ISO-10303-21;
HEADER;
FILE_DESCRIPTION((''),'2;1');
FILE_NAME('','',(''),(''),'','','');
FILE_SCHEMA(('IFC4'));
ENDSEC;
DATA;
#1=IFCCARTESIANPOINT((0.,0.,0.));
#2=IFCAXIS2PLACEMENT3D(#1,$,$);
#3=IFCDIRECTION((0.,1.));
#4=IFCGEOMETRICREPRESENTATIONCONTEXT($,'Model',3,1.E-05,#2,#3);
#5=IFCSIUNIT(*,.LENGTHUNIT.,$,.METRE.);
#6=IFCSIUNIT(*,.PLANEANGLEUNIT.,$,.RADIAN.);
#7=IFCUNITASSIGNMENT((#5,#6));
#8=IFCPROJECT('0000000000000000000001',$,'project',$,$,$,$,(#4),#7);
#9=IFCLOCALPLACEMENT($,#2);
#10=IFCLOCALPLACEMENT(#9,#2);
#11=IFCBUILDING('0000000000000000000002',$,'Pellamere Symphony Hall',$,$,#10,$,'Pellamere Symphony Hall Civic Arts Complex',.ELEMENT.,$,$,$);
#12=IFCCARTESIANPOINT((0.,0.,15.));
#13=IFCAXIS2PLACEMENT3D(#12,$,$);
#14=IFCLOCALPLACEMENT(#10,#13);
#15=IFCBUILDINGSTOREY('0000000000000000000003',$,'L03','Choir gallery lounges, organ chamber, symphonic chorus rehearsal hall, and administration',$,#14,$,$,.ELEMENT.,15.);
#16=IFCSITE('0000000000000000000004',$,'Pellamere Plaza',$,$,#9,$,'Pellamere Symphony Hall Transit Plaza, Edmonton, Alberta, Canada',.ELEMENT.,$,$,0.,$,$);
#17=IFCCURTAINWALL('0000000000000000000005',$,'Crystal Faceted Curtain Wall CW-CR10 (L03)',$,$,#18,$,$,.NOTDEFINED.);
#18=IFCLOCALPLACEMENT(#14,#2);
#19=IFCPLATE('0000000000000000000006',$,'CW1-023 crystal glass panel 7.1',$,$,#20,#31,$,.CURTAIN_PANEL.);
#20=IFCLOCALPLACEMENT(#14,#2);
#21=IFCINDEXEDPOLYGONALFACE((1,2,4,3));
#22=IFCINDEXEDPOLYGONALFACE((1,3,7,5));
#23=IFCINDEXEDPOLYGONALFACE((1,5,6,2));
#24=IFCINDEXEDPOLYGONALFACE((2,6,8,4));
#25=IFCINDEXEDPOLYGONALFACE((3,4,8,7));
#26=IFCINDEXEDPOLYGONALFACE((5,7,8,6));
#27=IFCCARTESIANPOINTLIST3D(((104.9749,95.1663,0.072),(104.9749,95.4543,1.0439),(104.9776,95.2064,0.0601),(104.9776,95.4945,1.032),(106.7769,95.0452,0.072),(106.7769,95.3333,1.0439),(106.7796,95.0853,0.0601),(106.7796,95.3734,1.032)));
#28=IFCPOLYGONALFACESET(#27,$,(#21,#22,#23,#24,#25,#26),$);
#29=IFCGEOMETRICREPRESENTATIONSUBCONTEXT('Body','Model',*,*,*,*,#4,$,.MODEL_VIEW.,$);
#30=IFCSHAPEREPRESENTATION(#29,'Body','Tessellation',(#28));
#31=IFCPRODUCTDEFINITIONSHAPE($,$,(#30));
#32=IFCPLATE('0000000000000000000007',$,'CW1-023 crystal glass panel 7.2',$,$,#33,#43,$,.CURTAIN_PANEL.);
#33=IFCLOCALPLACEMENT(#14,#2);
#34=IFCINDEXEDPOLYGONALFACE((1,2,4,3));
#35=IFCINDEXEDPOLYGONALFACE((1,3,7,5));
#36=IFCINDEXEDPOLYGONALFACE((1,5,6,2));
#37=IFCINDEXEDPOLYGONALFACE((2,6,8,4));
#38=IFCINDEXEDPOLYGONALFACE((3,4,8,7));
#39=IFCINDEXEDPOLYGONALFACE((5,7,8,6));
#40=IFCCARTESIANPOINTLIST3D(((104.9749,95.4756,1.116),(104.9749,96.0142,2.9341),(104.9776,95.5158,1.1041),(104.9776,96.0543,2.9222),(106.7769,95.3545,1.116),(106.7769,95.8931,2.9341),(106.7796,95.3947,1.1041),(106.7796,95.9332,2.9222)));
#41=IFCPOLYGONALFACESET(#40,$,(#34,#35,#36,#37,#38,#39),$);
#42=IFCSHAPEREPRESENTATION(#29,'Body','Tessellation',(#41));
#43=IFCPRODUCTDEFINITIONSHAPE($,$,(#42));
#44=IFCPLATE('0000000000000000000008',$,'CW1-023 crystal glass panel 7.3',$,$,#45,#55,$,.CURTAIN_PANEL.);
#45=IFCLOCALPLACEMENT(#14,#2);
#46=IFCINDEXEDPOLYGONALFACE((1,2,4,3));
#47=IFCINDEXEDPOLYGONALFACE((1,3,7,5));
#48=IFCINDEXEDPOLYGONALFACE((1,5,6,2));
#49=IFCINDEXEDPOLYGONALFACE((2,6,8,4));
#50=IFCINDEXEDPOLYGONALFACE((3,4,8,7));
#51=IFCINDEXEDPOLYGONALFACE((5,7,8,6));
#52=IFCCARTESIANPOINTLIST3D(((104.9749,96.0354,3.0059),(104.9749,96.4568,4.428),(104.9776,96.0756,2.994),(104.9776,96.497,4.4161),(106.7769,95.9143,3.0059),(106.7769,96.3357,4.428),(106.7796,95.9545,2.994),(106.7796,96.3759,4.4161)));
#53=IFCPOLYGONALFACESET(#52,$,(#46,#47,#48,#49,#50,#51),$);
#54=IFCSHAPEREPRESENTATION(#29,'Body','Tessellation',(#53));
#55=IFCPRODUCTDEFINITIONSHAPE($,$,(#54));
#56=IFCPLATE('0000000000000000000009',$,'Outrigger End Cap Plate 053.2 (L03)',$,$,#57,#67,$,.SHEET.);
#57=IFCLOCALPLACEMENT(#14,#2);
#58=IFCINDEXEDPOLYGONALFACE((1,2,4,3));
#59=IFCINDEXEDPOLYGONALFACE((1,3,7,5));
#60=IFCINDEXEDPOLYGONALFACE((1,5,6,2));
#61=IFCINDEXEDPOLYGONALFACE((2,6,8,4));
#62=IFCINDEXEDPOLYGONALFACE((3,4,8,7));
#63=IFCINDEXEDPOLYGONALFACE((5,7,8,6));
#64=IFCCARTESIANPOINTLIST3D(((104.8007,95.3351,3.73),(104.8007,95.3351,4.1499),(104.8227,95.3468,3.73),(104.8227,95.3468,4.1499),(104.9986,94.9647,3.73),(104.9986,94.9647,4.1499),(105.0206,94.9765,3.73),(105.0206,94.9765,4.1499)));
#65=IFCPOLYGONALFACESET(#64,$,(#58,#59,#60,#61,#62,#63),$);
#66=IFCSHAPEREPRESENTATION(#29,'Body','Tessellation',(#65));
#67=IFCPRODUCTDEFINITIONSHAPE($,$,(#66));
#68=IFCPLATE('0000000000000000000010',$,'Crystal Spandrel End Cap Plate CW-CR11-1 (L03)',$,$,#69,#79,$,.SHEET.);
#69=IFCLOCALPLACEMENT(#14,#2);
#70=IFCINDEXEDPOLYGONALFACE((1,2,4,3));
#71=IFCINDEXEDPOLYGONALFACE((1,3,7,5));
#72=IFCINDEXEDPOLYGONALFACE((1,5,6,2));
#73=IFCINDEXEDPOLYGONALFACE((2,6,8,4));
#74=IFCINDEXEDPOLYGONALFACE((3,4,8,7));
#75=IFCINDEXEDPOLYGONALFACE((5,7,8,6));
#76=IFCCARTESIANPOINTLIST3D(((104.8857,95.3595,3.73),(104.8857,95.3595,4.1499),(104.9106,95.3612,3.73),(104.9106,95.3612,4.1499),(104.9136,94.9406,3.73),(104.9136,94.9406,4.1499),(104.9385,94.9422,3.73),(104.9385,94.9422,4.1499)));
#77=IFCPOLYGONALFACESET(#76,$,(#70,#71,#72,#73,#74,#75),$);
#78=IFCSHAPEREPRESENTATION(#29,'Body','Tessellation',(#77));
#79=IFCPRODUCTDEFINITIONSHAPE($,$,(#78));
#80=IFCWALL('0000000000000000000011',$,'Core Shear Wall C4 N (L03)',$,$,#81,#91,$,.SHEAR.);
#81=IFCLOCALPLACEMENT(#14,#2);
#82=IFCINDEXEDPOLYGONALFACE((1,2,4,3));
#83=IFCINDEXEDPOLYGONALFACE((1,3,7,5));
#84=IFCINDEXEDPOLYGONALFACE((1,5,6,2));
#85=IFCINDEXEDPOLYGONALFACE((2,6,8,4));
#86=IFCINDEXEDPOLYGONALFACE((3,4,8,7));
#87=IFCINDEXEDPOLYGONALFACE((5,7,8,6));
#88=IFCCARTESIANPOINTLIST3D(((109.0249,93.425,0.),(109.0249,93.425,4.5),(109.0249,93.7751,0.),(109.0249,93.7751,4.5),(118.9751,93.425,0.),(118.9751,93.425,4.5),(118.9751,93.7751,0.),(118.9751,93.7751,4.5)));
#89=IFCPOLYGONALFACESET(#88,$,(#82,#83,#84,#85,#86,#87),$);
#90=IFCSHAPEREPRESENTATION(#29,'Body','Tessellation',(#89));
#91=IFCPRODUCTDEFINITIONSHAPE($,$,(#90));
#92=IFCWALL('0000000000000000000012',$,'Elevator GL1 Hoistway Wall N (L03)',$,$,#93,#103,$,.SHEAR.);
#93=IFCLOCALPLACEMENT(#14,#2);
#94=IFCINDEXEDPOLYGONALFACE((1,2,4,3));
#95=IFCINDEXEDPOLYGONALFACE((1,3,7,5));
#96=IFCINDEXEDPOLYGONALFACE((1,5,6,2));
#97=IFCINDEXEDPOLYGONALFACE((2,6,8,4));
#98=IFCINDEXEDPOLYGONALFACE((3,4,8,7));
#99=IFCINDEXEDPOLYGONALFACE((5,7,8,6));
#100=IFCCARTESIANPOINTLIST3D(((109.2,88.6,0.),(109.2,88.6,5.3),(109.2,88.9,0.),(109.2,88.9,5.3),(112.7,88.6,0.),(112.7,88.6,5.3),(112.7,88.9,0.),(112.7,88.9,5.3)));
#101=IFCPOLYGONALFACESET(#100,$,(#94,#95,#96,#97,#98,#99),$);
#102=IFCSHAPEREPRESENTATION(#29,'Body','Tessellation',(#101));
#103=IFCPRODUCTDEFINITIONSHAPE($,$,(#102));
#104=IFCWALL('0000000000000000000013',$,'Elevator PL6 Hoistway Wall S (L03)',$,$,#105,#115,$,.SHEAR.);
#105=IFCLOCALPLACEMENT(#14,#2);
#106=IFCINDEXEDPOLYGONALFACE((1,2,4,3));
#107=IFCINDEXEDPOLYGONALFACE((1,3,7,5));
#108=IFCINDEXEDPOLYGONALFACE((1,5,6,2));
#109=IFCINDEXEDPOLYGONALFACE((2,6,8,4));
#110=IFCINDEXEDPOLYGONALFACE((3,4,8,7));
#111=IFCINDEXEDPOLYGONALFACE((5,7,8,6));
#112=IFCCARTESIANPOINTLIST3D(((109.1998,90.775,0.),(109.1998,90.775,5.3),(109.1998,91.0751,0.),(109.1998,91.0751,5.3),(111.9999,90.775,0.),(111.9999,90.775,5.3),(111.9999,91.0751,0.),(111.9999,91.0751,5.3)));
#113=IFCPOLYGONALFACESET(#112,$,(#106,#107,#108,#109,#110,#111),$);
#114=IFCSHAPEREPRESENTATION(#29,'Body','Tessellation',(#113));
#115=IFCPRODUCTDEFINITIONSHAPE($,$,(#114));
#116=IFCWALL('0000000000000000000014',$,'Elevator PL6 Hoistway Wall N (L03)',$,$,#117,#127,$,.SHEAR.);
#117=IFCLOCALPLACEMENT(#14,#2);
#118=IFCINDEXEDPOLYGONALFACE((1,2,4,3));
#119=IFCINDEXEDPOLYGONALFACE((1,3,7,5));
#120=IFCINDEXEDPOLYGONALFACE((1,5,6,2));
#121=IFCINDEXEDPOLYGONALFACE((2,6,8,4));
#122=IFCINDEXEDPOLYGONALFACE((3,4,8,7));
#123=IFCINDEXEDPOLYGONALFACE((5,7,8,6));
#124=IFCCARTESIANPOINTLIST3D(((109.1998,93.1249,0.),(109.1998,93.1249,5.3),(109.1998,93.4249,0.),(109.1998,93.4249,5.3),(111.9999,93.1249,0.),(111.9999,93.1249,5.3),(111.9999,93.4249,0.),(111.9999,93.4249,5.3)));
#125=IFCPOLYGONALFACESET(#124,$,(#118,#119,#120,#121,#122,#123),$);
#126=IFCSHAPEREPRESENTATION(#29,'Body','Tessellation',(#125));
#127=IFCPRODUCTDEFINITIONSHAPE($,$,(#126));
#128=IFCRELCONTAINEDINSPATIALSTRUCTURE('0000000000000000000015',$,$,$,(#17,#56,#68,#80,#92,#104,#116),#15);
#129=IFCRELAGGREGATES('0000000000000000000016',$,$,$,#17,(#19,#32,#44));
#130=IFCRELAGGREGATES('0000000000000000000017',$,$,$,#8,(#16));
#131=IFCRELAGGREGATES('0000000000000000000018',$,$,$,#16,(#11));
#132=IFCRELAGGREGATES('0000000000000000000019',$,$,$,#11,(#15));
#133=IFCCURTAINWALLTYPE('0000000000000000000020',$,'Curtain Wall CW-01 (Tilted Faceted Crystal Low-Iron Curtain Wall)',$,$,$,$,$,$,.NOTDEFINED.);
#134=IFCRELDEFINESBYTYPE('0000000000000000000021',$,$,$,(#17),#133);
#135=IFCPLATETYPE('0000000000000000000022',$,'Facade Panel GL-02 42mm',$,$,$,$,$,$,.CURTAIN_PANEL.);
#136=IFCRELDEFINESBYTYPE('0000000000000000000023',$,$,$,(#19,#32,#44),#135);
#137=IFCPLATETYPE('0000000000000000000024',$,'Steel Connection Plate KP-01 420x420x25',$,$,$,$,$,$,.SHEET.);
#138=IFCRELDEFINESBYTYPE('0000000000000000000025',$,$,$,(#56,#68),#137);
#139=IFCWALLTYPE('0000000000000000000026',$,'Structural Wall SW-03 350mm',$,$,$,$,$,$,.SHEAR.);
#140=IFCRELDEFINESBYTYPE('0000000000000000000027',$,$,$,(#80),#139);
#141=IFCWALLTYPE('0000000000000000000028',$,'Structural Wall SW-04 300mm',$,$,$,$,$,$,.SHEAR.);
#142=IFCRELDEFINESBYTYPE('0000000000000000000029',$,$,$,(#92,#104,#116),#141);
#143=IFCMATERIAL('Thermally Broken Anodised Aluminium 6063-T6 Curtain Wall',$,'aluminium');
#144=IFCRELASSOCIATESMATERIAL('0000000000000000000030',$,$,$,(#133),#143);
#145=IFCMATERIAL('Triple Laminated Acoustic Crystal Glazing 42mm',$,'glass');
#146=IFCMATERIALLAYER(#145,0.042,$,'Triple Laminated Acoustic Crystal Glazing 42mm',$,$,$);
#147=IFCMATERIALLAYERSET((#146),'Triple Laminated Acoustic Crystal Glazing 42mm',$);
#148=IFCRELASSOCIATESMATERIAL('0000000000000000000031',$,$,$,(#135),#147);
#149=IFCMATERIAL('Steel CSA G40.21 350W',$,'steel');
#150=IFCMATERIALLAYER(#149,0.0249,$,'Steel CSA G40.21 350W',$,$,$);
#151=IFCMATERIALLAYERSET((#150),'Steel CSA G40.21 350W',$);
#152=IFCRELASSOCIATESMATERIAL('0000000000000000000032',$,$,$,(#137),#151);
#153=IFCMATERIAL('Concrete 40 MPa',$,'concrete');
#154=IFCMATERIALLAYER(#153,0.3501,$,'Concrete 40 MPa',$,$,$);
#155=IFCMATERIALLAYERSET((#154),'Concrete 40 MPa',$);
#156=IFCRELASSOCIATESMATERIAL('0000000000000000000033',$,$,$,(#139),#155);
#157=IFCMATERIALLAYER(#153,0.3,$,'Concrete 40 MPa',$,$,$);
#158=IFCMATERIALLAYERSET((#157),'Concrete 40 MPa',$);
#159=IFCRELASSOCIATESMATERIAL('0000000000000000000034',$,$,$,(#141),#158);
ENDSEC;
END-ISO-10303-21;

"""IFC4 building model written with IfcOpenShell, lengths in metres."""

from ifc_helpers import new_model, si_unit, direction, frame, frame_2d, origin, origin_2d, place, context, subcontext, project, spatial, polyline, rectangle, outline, extrude, material, layer, layer_set, type_object, element, aggregate, save


model = new_model("IFC4")

# Units and contexts
model_context = context("Model", 3, precision=1e-05, world=origin(), true_north=direction((0.0, 1.0)))
body_context = subcontext(model_context, "Body", "Model", "MODEL_VIEW")
ifc_project = project(units=[si_unit("LENGTHUNIT", "METRE"), si_unit("PLANEANGLEUNIT", "RADIAN")], contexts=[model_context])

# Site, building, storey
site_placement = place(None, origin())
site = spatial("IfcSite", under=ifc_project, at=site_placement, Name="Pellamere Plaza", LongName="Pellamere Symphony Hall Transit Plaza, Edmonton, Alberta, Canada", CompositionType="ELEMENT", RefElevation=0.0)
building_placement = place(site_placement, origin())
building = spatial("IfcBuilding", under=site, at=building_placement, Name="Pellamere Symphony Hall", LongName="Pellamere Symphony Hall Civic Arts Complex", CompositionType="ELEMENT")
storey_placement = place(building_placement, frame((0.0, 0.0, 15.0)))
storey = spatial("IfcBuildingStorey", under=building, at=storey_placement, Name="L03", Description="Choir gallery lounges, organ chamber, symphonic chorus rehearsal hall, and administration", CompositionType="ELEMENT", Elevation=15.0)

# Shared definitions
ifc_material_1 = material(Name="Concrete 40 MPa", Category="concrete")

# Curtain wall
ifc_material_2 = material(Name="Thermally Broken Anodised Aluminium 6063-T6 Curtain Wall", Category="aluminium")
curtain_wall_type = type_object("IfcCurtainWallType", Name="Curtain Wall CW-01 (Tilted Faceted Crystal Low-Iron Curtain Wall)", PredefinedType="NOTDEFINED", material=ifc_material_2)
curtain_wall_placement = place(storey_placement, origin())
curtain_wall = element("IfcCurtainWall", 1, at=curtain_wall_placement, inside=storey, type_object=curtain_wall_type, Name="Crystal Faceted Curtain Wall CW-CR10 (L03)", PredefinedType="NOTDEFINED")

# Plates
ifc_material_3 = material(Name="Triple Laminated Acoustic Crystal Glazing 42mm", Category="glass")
ifc_layer_1 = layer(ifc_material_3, 0.042, Name="Triple Laminated Acoustic Crystal Glazing 42mm")
ifc_layer_set_1 = layer_set([ifc_layer_1], Name="Triple Laminated Acoustic Crystal Glazing 42mm")
plate_type_1 = type_object("IfcPlateType", Name="Facade Panel GL-02 42mm", PredefinedType="CURTAIN_PANEL", material=ifc_layer_set_1)
plate_1_placement = place(storey_placement, frame((106.7769, 95.0452, 0.072), z_axis=(-0.064296, -0.956785, 0.283599), x_axis=(-0.99775, 0.067048, 0.0)))
plate_1 = element("IfcPlate", 2, at=plate_1_placement, type_object=plate_type_1, Name="CW1-023 crystal glass panel 7.1", PredefinedType="CURTAIN_PANEL", context=body_context, shape_type="SweptSolid", body=[
    extrude(outline(polyline([(0.0, 0.0), (1.8061, 0.0), (1.8254, -1.0135), (0.0193, -1.0135), (0.0, 0.0)])), origin(), (0.0, 0.0, -1.0), 0.042),
])
plate_2_placement = place(storey_placement, frame((106.7769, 95.3545, 1.116), z_axis=(-0.064299, -0.956832, 0.283439), x_axis=(-0.99775, 0.067048, 0.0)))
plate_2 = element("IfcPlate", 3, at=plate_2_placement, type_object=plate_type_1, Name="CW1-023 crystal glass panel 7.2", PredefinedType="CURTAIN_PANEL", context=body_context, shape_type="SweptSolid", body=[
    extrude(outline(polyline([(0.0, 0.0), (1.8061, 0.0), (1.8422, -1.8959), (0.0361, -1.8959), (0.0, 0.0)])), origin(), (0.0, 0.0, -1.0), 0.042),
])
plate_3_placement = place(storey_placement, frame((106.7769, 95.9143, 3.0059), z_axis=(-0.064297, -0.956811, 0.283512), x_axis=(-0.99775, 0.067048, 0.0)))
plate_3 = element("IfcPlate", 4, at=plate_3_placement, type_object=plate_type_1, Name="CW1-023 crystal glass panel 7.3", PredefinedType="CURTAIN_PANEL", context=body_context, shape_type="SweptSolid", body=[
    extrude(outline(polyline([(0.0, 0.0), (1.8061, 0.0), (1.8343, -1.483), (0.0283, -1.483), (0.0, 0.0)])), origin(), (0.0, 0.0, -1.0), 0.042),
])
aggregate(curtain_wall, [plate_1, plate_2, plate_3])

# Plates
ifc_material_4 = material(Name="Steel CSA G40.21 350W", Category="steel")
ifc_layer_2 = layer(ifc_material_4, 0.0249, Name="Steel CSA G40.21 350W")
ifc_layer_set_2 = layer_set([ifc_layer_2], Name="Steel CSA G40.21 350W")
plate_type_2 = type_object("IfcPlateType", Name="Steel Connection Plate KP-01 420x420x25", PredefinedType="SHEET", material=ifc_layer_set_2)
for number, where, z_axis, x_axis, name in (
    (5, (104.9106, 95.1558, 3.73), (0.0, 0.0, 1.0), (0.881962, 0.47132, 0.0), "Outrigger End Cap Plate 053.2 (L03)"),
    (6, (104.9121, 95.1509, 3.73), (0.0, 0.0, 1.0), (-0.99779, -0.066448, 0.0), "Crystal Spandrel End Cap Plate CW-CR11-1 (L03)"),
):
    element("IfcPlate", number, at=place(storey_placement, frame(where, z_axis=z_axis, x_axis=x_axis)), inside=storey, type_object=plate_type_2, Name=name, PredefinedType="SHEET", context=body_context, shape_type="SweptSolid", body=[
        extrude(rectangle(XDim=0.0249, YDim=0.4199, at=origin_2d()), origin(), (0.0, 0.0, 1.0), 0.4199),
    ])

# Walls
ifc_layer_3 = layer(ifc_material_1, 0.3501, Name="Concrete 40 MPa")
ifc_layer_set_3 = layer_set([ifc_layer_3], Name="Concrete 40 MPa")
wall_type_1 = type_object("IfcWallType", Name="Structural Wall SW-03 350mm", PredefinedType="SHEAR", material=ifc_layer_set_3)
wall_1_placement = place(storey_placement, frame((109.0249, 93.6001, 0.0), z_axis=(0.0, 0.0, 1.0), x_axis=(1.0, 0.0, 0.0)))
element("IfcWall", 7, at=wall_1_placement, inside=storey, type_object=wall_type_1, Name="Core Shear Wall C4 N (L03)", PredefinedType="SHEAR", context=body_context, shape_type="SweptSolid", body=[
    extrude(rectangle(XDim=9.9502, YDim=0.3501, at=frame_2d((4.9751, 0.0))), origin(), (0.0, 0.0, 1.0), 4.5),
])
ifc_layer_4 = layer(ifc_material_1, 0.3, Name="Concrete 40 MPa")
ifc_layer_set_4 = layer_set([ifc_layer_4], Name="Concrete 40 MPa")
wall_type_2 = type_object("IfcWallType", Name="Structural Wall SW-04 300mm", PredefinedType="SHEAR", material=ifc_layer_set_4)
wall_2_placement = place(storey_placement, frame((109.2, 88.75, 0.0), z_axis=(0.0, 0.0, 1.0), x_axis=(1.0, 0.0, 0.0)))
element("IfcWall", 8, at=wall_2_placement, inside=storey, type_object=wall_type_2, Name="Elevator GL1 Hoistway Wall N (L03)", PredefinedType="SHEAR", context=body_context, shape_type="SweptSolid", body=[
    extrude(rectangle(XDim=3.5, YDim=0.3, at=frame_2d((1.75, 0.0))), origin(), (0.0, 0.0, 1.0), 5.3),
])
for number, where, z_axis, x_axis, name in (
    (9, (109.2, 90.925, 0.0), (0.0, 0.0, 1.0), (1.0, 0.0, 0.0), "Elevator PL6 Hoistway Wall S (L03)"),
    (10, (109.2, 93.2749, 0.0), (0.0, 0.0, 1.0), (1.0, 0.0, 0.0), "Elevator PL6 Hoistway Wall N (L03)"),
):
    element("IfcWall", number, at=place(storey_placement, frame(where, z_axis=z_axis, x_axis=x_axis)), inside=storey, type_object=wall_type_2, Name=name, PredefinedType="SHEAR", context=body_context, shape_type="SweptSolid", body=[
        extrude(rectangle(XDim=2.8, YDim=0.3, at=frame_2d((1.3999, 0.0))), origin(), (0.0, 0.0, 1.0), 5.3),
    ])

save(model, "model.ifc")
